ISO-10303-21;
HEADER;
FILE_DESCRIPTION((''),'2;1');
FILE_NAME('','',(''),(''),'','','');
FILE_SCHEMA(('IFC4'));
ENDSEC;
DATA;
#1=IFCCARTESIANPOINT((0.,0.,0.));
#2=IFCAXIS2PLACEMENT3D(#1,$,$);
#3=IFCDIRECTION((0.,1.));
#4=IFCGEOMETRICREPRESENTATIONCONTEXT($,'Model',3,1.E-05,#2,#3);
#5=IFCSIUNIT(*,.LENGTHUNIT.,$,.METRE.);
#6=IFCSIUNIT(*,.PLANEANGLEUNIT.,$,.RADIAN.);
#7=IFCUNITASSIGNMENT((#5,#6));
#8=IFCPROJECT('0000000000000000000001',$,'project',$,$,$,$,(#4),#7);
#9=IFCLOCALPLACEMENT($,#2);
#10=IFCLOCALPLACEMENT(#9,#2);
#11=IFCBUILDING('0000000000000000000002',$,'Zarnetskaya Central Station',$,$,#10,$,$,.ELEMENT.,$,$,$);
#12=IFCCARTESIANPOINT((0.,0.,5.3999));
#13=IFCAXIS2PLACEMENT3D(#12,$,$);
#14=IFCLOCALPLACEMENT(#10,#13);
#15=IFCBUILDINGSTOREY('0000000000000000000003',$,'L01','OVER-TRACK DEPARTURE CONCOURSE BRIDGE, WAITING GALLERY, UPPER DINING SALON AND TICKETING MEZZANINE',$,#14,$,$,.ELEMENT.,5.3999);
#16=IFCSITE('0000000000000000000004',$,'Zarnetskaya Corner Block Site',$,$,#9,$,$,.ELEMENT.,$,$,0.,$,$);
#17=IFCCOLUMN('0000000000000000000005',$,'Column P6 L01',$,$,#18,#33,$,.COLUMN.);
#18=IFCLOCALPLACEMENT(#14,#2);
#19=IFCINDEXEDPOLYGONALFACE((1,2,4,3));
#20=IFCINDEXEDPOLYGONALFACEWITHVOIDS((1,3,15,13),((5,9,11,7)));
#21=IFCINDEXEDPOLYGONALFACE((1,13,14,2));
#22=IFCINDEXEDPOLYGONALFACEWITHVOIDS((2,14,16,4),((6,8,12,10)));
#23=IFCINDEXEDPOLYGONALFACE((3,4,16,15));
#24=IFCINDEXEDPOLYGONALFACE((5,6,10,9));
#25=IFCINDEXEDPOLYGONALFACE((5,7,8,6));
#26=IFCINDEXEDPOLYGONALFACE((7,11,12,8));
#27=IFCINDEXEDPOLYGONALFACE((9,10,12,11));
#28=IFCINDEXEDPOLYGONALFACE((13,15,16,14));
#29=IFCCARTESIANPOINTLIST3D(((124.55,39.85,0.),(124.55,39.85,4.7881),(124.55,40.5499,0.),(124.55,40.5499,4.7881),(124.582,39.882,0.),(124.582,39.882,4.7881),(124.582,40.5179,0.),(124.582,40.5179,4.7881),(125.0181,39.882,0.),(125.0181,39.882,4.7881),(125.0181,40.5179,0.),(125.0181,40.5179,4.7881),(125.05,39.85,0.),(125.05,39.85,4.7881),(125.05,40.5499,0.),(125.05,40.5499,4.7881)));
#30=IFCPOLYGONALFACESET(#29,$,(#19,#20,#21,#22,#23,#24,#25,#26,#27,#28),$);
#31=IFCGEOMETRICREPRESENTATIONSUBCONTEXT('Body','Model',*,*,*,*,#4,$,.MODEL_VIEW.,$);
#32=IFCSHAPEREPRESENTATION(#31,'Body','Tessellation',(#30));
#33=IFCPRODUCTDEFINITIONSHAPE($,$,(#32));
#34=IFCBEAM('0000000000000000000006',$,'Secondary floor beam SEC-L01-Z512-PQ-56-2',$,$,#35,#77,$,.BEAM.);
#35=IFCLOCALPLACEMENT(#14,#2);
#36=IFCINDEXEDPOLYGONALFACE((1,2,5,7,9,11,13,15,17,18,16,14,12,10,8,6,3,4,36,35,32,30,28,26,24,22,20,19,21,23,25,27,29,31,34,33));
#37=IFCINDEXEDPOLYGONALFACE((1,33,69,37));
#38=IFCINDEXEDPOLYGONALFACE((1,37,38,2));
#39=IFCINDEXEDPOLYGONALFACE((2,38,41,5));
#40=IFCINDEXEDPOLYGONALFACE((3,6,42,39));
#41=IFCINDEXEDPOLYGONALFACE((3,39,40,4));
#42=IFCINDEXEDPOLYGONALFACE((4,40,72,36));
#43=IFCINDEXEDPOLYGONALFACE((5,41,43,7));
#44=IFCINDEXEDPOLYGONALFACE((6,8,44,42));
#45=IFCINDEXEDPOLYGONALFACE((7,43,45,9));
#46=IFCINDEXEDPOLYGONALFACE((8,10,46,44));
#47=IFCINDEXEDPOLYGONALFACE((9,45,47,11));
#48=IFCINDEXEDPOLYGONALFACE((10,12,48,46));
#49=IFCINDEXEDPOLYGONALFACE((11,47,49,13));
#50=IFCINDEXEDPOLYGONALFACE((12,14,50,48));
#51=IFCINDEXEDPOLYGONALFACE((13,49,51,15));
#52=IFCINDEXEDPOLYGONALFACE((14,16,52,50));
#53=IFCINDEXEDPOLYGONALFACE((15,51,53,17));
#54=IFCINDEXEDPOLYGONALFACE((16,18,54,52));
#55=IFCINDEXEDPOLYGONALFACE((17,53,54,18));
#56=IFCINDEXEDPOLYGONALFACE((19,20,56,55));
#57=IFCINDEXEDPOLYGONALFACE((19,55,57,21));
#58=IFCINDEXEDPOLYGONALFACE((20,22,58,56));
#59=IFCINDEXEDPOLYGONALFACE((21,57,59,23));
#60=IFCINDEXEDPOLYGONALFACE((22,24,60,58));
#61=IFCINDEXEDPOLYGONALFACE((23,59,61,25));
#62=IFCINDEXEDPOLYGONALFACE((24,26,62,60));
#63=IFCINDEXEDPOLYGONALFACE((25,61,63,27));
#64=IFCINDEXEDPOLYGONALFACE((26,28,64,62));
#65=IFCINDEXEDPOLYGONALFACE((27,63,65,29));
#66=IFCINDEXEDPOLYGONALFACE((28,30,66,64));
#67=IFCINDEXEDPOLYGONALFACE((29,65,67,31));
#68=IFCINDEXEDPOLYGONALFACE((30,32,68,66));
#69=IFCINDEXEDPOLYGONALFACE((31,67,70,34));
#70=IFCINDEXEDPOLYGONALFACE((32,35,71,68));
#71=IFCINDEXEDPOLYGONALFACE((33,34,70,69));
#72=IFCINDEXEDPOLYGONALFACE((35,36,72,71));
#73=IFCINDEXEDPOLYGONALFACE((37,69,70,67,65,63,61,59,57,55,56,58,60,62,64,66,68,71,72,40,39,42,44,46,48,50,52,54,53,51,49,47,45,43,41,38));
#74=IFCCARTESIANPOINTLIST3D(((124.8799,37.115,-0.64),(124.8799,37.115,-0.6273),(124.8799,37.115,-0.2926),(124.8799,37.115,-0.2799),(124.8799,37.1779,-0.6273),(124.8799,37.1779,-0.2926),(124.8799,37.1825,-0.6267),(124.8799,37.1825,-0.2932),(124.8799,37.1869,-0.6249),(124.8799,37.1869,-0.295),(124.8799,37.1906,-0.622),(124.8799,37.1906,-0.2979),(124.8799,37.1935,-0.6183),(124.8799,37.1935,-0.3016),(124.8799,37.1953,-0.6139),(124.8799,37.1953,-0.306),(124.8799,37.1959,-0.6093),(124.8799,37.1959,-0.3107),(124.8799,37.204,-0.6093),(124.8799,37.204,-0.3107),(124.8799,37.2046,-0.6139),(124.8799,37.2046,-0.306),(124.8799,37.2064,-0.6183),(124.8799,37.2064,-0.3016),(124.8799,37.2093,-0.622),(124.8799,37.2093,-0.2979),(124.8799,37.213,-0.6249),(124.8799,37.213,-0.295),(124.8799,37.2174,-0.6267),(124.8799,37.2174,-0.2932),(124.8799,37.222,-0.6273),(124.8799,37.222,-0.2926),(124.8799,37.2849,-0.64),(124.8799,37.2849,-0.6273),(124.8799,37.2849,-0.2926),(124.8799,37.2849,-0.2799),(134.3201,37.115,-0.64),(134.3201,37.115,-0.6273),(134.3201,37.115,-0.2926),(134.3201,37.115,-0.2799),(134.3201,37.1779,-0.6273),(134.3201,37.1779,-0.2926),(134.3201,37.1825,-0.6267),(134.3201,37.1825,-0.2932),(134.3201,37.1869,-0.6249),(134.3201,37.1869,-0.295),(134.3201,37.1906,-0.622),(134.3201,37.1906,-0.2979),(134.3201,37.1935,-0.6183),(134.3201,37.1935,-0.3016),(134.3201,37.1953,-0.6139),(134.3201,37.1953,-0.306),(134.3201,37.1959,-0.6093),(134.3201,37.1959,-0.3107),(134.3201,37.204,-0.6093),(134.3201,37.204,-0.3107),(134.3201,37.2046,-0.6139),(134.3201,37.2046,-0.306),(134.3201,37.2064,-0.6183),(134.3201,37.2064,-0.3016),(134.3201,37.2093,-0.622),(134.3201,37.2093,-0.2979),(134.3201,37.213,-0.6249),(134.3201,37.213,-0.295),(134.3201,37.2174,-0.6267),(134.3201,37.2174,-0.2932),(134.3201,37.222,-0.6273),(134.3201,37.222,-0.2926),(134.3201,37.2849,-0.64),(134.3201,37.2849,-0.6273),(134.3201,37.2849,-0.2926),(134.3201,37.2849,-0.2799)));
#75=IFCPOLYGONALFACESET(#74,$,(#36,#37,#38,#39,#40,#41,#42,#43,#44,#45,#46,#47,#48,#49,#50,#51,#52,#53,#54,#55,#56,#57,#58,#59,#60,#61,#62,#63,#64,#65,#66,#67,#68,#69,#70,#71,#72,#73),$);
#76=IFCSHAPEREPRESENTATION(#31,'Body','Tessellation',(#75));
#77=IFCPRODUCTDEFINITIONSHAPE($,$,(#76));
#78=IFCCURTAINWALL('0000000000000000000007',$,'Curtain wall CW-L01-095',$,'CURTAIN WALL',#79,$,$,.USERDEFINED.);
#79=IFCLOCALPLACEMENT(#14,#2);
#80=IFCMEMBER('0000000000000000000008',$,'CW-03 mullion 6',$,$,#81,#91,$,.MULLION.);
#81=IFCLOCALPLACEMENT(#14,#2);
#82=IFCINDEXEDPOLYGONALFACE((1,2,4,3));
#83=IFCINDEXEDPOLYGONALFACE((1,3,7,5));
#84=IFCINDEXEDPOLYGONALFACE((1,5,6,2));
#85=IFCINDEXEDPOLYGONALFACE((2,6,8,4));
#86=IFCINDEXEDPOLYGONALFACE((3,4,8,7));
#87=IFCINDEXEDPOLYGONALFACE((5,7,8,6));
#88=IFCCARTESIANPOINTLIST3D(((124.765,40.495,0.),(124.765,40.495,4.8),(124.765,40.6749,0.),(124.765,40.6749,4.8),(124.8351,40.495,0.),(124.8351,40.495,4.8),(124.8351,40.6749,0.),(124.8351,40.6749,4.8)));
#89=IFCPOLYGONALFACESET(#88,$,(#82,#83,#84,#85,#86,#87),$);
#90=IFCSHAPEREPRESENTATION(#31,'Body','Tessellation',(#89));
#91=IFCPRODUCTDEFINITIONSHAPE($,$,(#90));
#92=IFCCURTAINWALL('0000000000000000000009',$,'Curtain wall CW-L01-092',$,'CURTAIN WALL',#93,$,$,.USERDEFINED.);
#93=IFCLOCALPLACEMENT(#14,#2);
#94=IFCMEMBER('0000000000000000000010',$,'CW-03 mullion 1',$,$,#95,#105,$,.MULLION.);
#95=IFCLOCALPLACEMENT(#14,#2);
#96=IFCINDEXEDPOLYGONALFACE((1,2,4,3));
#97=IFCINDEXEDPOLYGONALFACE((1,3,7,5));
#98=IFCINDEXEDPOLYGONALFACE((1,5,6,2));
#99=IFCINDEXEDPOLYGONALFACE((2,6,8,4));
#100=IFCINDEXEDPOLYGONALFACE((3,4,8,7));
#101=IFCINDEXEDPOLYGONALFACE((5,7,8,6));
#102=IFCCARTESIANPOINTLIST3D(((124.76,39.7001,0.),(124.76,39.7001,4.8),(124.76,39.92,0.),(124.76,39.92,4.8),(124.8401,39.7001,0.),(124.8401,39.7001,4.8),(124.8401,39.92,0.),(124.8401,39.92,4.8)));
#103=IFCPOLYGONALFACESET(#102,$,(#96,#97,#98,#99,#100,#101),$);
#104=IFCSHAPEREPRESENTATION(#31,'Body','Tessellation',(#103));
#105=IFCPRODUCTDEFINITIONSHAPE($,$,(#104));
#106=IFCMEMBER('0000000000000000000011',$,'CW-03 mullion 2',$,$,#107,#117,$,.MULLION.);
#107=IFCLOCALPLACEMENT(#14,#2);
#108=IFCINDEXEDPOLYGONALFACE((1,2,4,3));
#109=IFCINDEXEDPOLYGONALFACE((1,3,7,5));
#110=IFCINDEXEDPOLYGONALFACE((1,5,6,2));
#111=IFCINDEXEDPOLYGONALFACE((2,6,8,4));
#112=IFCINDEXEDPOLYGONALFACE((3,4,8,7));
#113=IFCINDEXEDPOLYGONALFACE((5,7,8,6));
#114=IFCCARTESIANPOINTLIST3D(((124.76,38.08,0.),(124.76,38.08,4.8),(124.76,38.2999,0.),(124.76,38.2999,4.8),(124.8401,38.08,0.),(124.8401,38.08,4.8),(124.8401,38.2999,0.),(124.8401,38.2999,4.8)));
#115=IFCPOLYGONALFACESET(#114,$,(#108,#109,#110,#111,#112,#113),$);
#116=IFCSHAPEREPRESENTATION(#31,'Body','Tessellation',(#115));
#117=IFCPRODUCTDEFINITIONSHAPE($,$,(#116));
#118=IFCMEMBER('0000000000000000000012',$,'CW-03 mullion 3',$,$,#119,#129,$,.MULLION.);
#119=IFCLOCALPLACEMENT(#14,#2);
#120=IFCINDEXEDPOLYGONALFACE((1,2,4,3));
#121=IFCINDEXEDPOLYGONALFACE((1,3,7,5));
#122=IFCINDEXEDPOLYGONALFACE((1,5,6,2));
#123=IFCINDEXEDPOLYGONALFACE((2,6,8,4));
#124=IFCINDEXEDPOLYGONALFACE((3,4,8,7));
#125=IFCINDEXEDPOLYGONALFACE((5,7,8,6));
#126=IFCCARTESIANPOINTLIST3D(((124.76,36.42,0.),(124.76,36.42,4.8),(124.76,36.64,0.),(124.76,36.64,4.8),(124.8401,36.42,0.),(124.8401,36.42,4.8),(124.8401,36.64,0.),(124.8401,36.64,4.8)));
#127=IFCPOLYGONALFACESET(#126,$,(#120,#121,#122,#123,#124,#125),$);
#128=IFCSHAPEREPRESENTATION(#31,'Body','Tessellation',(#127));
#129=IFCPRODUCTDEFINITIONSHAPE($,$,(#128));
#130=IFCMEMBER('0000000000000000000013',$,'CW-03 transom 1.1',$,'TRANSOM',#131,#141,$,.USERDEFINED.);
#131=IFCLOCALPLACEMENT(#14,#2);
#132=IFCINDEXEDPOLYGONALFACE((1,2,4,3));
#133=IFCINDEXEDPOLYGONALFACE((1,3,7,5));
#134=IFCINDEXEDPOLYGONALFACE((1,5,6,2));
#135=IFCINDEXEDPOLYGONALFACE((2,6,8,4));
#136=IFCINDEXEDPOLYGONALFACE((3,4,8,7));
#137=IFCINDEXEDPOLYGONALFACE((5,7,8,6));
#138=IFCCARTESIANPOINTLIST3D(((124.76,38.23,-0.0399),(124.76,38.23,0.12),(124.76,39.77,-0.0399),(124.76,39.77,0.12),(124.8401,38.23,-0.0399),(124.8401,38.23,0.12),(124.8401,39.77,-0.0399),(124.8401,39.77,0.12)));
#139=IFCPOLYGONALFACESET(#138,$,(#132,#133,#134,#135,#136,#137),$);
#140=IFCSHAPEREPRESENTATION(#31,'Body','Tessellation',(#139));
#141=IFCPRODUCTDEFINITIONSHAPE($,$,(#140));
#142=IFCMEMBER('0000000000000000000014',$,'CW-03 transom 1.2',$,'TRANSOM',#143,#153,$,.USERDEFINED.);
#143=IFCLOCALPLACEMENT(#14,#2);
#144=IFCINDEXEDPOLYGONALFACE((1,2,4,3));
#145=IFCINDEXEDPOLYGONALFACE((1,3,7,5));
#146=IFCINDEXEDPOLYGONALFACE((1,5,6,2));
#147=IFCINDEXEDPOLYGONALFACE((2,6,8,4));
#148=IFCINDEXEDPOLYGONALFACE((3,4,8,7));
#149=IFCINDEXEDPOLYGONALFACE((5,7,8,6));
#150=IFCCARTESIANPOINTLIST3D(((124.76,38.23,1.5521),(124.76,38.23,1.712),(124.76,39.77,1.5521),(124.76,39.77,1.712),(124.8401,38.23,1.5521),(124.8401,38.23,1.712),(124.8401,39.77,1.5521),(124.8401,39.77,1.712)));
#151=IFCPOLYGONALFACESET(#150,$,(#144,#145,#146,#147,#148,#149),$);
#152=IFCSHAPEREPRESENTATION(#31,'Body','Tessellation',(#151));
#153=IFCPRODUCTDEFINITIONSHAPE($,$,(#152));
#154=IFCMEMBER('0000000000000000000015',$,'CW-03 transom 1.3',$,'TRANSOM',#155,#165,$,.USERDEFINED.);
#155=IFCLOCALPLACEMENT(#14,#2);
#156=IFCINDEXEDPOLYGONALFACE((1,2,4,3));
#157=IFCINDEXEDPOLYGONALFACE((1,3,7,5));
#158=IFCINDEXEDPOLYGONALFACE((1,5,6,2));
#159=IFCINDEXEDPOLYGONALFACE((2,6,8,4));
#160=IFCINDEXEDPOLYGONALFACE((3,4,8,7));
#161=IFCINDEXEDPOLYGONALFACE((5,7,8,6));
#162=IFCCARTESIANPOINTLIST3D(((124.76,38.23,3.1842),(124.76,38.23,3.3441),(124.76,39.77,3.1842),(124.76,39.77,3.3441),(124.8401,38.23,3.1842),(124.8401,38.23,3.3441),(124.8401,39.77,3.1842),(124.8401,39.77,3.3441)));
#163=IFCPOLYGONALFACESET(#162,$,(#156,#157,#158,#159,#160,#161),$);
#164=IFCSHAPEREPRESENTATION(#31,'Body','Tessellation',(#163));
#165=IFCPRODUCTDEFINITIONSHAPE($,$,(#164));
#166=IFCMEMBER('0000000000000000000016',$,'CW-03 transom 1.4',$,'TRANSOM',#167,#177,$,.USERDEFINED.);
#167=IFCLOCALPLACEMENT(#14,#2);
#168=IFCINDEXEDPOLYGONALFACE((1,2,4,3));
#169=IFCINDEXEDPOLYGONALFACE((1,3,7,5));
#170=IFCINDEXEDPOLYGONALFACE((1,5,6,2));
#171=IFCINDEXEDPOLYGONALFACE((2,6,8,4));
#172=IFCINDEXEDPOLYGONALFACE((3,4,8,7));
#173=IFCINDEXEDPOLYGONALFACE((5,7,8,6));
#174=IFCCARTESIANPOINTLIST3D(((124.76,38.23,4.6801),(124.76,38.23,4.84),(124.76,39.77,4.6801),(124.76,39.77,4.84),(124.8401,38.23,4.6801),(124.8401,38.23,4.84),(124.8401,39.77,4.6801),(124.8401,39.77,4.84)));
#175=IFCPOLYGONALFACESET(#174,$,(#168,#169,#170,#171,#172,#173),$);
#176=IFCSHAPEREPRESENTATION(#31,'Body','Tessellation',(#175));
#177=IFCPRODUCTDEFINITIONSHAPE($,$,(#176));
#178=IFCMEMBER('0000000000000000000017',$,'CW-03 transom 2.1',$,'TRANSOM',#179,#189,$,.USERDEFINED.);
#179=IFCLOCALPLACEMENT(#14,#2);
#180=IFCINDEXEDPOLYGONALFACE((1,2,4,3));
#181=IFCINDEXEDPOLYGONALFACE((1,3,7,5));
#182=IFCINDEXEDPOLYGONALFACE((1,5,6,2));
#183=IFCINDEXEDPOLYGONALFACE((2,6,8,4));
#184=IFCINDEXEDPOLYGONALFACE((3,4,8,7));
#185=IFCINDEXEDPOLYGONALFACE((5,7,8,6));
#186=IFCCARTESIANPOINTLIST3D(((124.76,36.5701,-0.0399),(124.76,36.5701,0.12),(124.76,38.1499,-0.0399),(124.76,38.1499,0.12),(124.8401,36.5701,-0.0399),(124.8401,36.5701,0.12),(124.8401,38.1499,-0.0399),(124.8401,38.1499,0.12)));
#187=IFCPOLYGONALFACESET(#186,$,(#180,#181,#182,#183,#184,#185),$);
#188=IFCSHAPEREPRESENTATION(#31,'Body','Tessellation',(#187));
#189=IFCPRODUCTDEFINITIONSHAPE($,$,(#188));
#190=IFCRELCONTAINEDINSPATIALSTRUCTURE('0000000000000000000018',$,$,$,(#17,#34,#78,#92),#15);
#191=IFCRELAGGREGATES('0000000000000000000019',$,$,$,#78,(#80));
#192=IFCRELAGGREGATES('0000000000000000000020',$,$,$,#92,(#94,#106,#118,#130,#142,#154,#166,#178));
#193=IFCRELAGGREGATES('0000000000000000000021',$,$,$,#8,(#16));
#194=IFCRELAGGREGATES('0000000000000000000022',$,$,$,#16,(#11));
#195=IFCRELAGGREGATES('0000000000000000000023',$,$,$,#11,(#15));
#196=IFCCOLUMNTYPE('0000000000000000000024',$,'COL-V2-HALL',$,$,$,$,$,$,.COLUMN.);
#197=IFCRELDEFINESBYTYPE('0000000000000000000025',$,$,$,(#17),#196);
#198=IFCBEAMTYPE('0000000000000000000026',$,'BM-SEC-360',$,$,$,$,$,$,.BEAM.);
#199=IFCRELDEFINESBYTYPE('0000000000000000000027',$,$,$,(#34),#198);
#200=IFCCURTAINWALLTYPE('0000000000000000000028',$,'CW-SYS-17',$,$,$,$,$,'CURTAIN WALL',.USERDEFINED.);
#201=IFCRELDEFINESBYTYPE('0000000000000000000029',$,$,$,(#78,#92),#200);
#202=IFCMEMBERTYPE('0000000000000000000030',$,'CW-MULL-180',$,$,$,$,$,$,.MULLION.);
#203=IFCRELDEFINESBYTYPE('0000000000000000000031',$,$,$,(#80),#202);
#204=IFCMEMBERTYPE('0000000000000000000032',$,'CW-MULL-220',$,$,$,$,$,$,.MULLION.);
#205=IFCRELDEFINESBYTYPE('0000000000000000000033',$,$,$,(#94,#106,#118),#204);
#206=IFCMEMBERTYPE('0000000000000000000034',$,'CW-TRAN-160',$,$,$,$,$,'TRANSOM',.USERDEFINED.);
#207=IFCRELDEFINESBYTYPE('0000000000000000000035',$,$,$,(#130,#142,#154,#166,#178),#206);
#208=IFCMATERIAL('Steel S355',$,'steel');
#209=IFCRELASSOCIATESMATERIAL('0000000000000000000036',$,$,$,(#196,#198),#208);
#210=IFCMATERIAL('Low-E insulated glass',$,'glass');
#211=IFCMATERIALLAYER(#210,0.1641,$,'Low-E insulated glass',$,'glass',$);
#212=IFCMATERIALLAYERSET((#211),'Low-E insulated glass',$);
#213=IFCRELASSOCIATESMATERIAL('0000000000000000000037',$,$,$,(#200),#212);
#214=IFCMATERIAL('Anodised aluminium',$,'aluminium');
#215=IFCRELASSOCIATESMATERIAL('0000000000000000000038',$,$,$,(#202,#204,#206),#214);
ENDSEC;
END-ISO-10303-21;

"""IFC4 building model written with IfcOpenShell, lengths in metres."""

from ifc_helpers import new_model, si_unit, direction, frame, origin, origin_2d, place, context, subcontext, project, spatial, rectangle, hollow_rectangle, i_section, extrude, material, layer, layer_set, material_profile, profile_set, type_object, element, aggregate, save


model = new_model("IFC4")

# Units and contexts
model_context = context("Model", 3, precision=1e-05, world=origin(), true_north=direction((0.0, 1.0)))
body_context = subcontext(model_context, "Body", "Model", "MODEL_VIEW")
ifc_project = project(units=[si_unit("LENGTHUNIT", "METRE"), si_unit("PLANEANGLEUNIT", "RADIAN")], contexts=[model_context])

# Site, building, storey
site_placement = place(None, origin())
site = spatial("IfcSite", under=ifc_project, at=site_placement, Name="Zarnetskaya Corner Block Site", CompositionType="ELEMENT", RefElevation=0.0)
building_placement = place(site_placement, origin())
building = spatial("IfcBuilding", under=site, at=building_placement, Name="Zarnetskaya Central Station", CompositionType="ELEMENT")
storey_placement = place(building_placement, frame((0.0, 0.0, 5.3999)))
storey = spatial("IfcBuildingStorey", under=building, at=storey_placement, Name="L01", Description="OVER-TRACK DEPARTURE CONCOURSE BRIDGE, WAITING GALLERY, UPPER DINING SALON AND TICKETING MEZZANINE", CompositionType="ELEMENT", Elevation=5.3999)

# Column
ifc_material_1 = material(Name="Steel S355", Category="steel")
ifc_material_profile_1 = material_profile(ifc_material_1, hollow_rectangle(XDim=0.5, YDim=0.7, WallThickness=0.032, at=origin_2d()), Name="BOX 700x500x32")
ifc_profile_set_1 = profile_set([ifc_material_profile_1], Name="Steel S355")
column_type = type_object("IfcColumnType", Name="COL-V2-HALL", PredefinedType="COLUMN", material=ifc_profile_set_1)
column_placement = place(storey_placement, frame((124.8, 40.2, 0.0), z_axis=(0.0, 0.0, 1.0), x_axis=(1.0, 0.0, 0.0)))
element("IfcColumn", 1, at=column_placement, inside=storey, type_object=column_type, Name="Column P6 L01", PredefinedType="COLUMN", context=body_context, shape_type="SweptSolid", body=[
    extrude(hollow_rectangle(XDim=0.5, YDim=0.7, WallThickness=0.032, at=origin_2d()), origin(), (0.0, 0.0, 1.0), 4.7881),
])

# Beam
ifc_material_profile_2 = material_profile(ifc_material_1, i_section(OverallWidth=0.1699, OverallDepth=0.3601, WebThickness=0.0081, FlangeThickness=0.0127, FilletRadius=0.0181, at=origin_2d()), Name="IPE 360")
ifc_profile_set_2 = profile_set([ifc_material_profile_2], Name="Steel S355")
beam_type_1 = type_object("IfcBeamType", Name="BM-SEC-360", PredefinedType="BEAM", material=ifc_profile_set_2)
beam_1_placement = place(storey_placement, frame((124.8799, 37.2, -0.46), z_axis=(1.0, 0.0, 0.0), x_axis=(0.0, 1.0, 0.0)))
element("IfcBeam", 2, at=beam_1_placement, inside=storey, type_object=beam_type_1, Name="Secondary floor beam SEC-L01-Z512-PQ-56-2", PredefinedType="BEAM", context=body_context, shape_type="SweptSolid", body=[
    extrude(i_section(OverallWidth=0.1699, OverallDepth=0.3601, WebThickness=0.0081, FlangeThickness=0.0127, FilletRadius=0.0181, at=origin_2d()), origin(), (0.0, 0.0, 1.0), 9.4402),
])

# Curtain wall, member
ifc_material_2 = material(Name="Low-E insulated glass", Category="glass")
ifc_layer_1 = layer(ifc_material_2, 0.1641, Name="Low-E insulated glass", Category="glass")
ifc_layer_set_1 = layer_set([ifc_layer_1], Name="Low-E insulated glass")
curtain_wall_type = type_object("IfcCurtainWallType", Name="CW-SYS-17", ElementType="CURTAIN WALL", PredefinedType="USERDEFINED", material=ifc_layer_set_1)
curtain_wall_1_placement = place(storey_placement, origin())
curtain_wall_1 = element("IfcCurtainWall", 3, at=curtain_wall_1_placement, inside=storey, type_object=curtain_wall_type, Name="Curtain wall CW-L01-095", ObjectType="CURTAIN WALL", PredefinedType="USERDEFINED")
ifc_material_3 = material(Name="Anodised aluminium", Category="aluminium")
ifc_material_profile_3 = material_profile(ifc_material_3, rectangle(XDim=0.0701, YDim=0.1799, at=origin_2d()), Name="ALU MULL 70x180")
ifc_profile_set_3 = profile_set([ifc_material_profile_3], Name="Anodised aluminium")
member_type_1 = type_object("IfcMemberType", Name="CW-MULL-180", PredefinedType="MULLION", material=ifc_profile_set_3)
member_1_placement = place(storey_placement, frame((124.8, 40.585, 0.0), z_axis=(0.0, 0.0, 1.0), x_axis=(1.0, 0.0, 0.0)))
member_1 = element("IfcMember", 4, at=member_1_placement, type_object=member_type_1, Name="CW-03 mullion 6", PredefinedType="MULLION", context=body_context, shape_type="SweptSolid", body=[
    extrude(rectangle(XDim=0.0701, YDim=0.1799, at=origin_2d()), origin(), (0.0, 0.0, 1.0), 4.8),
])
aggregate(curtain_wall_1, [member_1])

# Curtain wall, members
curtain_wall_2_placement = place(storey_placement, origin())
curtain_wall_2 = element("IfcCurtainWall", 5, at=curtain_wall_2_placement, inside=storey, type_object=curtain_wall_type, Name="Curtain wall CW-L01-092", ObjectType="CURTAIN WALL", PredefinedType="USERDEFINED")
ifc_material_profile_4 = material_profile(ifc_material_3, rectangle(XDim=0.0801, YDim=0.22, at=origin_2d()), Name="ALU MULL 80x220")
ifc_profile_set_4 = profile_set([ifc_material_profile_4], Name="Anodised aluminium")
member_type_2 = type_object("IfcMemberType", Name="CW-MULL-220", PredefinedType="MULLION", material=ifc_profile_set_4)
member_2_placement = place(storey_placement, frame((124.8, 39.8101, 0.0), z_axis=(0.0, 0.0, 1.0), x_axis=(1.0, 0.0, 0.0)))
member_2 = element("IfcMember", 6, at=member_2_placement, type_object=member_type_2, Name="CW-03 mullion 1", PredefinedType="MULLION", context=body_context, shape_type="SweptSolid", body=[
    extrude(rectangle(XDim=0.0801, YDim=0.22, at=origin_2d()), origin(), (0.0, 0.0, 1.0), 4.8),
])
member_3_placement = place(storey_placement, frame((124.8, 38.1899, 0.0), z_axis=(0.0, 0.0, 1.0), x_axis=(1.0, 0.0, 0.0)))
member_3 = element("IfcMember", 7, at=member_3_placement, type_object=member_type_2, Name="CW-03 mullion 2", PredefinedType="MULLION", context=body_context, shape_type="SweptSolid", body=[
    extrude(rectangle(XDim=0.0801, YDim=0.22, at=origin_2d()), origin(), (0.0, 0.0, 1.0), 4.8),
])
member_4_placement = place(storey_placement, frame((124.8, 36.53, 0.0), z_axis=(0.0, 0.0, 1.0), x_axis=(1.0, 0.0, 0.0)))
member_4 = element("IfcMember", 8, at=member_4_placement, type_object=member_type_2, Name="CW-03 mullion 3", PredefinedType="MULLION", context=body_context, shape_type="SweptSolid", body=[
    extrude(rectangle(XDim=0.0801, YDim=0.22, at=origin_2d()), origin(), (0.0, 0.0, 1.0), 4.8),
])
ifc_material_profile_5 = material_profile(ifc_material_3, rectangle(XDim=0.0801, YDim=0.1599, at=origin_2d()), Name="ALU TRAN 80x160")
ifc_profile_set_5 = profile_set([ifc_material_profile_5], Name="Anodised aluminium")
member_type_3 = type_object("IfcMemberType", Name="CW-TRAN-160", ElementType="TRANSOM", PredefinedType="USERDEFINED", material=ifc_profile_set_5)
member_5_placement = place(storey_placement, frame((124.8, 39.77, 0.04), z_axis=(0.0, -1.0, 0.0), x_axis=(1.0, 0.0, 0.0)))
member_5 = element("IfcMember", 9, at=member_5_placement, type_object=member_type_3, Name="CW-03 transom 1.1", ObjectType="TRANSOM", PredefinedType="USERDEFINED", context=body_context, shape_type="SweptSolid", body=[
    extrude(rectangle(XDim=0.0801, YDim=0.1599, at=origin_2d()), origin(), (0.0, 0.0, 1.0), 1.54),
])
member_6_placement = place(storey_placement, frame((124.8, 39.77, 1.6321), z_axis=(0.0, -1.0, 0.0), x_axis=(1.0, 0.0, 0.0)))
member_6 = element("IfcMember", 10, at=member_6_placement, type_object=member_type_3, Name="CW-03 transom 1.2", ObjectType="TRANSOM", PredefinedType="USERDEFINED", context=body_context, shape_type="SweptSolid", body=[
    extrude(rectangle(XDim=0.0801, YDim=0.1599, at=origin_2d()), origin(), (0.0, 0.0, 1.0), 1.54),
])
member_7_placement = place(storey_placement, frame((124.8, 39.77, 3.2642), z_axis=(0.0, -1.0, 0.0), x_axis=(1.0, 0.0, 0.0)))
member_7 = element("IfcMember", 11, at=member_7_placement, type_object=member_type_3, Name="CW-03 transom 1.3", ObjectType="TRANSOM", PredefinedType="USERDEFINED", context=body_context, shape_type="SweptSolid", body=[
    extrude(rectangle(XDim=0.0801, YDim=0.1599, at=origin_2d()), origin(), (0.0, 0.0, 1.0), 1.54),
])
member_8_placement = place(storey_placement, frame((124.8, 39.77, 4.76), z_axis=(0.0, -1.0, 0.0), x_axis=(1.0, 0.0, 0.0)))
member_8 = element("IfcMember", 12, at=member_8_placement, type_object=member_type_3, Name="CW-03 transom 1.4", ObjectType="TRANSOM", PredefinedType="USERDEFINED", context=body_context, shape_type="SweptSolid", body=[
    extrude(rectangle(XDim=0.0801, YDim=0.1599, at=origin_2d()), origin(), (0.0, 0.0, 1.0), 1.54),
])
member_9_placement = place(storey_placement, frame((124.8, 38.1499, 0.04), z_axis=(0.0, -1.0, 0.0), x_axis=(1.0, 0.0, 0.0)))
member_9 = element("IfcMember", 13, at=member_9_placement, type_object=member_type_3, Name="CW-03 transom 2.1", ObjectType="TRANSOM", PredefinedType="USERDEFINED", context=body_context, shape_type="SweptSolid", body=[
    extrude(rectangle(XDim=0.0801, YDim=0.1599, at=origin_2d()), origin(), (0.0, 0.0, 1.0), 1.5798),
])

aggregate(curtain_wall_2, [member_2, member_3, member_4, member_5, member_6, member_7, member_8, member_9])

save(model, "model.ifc")
